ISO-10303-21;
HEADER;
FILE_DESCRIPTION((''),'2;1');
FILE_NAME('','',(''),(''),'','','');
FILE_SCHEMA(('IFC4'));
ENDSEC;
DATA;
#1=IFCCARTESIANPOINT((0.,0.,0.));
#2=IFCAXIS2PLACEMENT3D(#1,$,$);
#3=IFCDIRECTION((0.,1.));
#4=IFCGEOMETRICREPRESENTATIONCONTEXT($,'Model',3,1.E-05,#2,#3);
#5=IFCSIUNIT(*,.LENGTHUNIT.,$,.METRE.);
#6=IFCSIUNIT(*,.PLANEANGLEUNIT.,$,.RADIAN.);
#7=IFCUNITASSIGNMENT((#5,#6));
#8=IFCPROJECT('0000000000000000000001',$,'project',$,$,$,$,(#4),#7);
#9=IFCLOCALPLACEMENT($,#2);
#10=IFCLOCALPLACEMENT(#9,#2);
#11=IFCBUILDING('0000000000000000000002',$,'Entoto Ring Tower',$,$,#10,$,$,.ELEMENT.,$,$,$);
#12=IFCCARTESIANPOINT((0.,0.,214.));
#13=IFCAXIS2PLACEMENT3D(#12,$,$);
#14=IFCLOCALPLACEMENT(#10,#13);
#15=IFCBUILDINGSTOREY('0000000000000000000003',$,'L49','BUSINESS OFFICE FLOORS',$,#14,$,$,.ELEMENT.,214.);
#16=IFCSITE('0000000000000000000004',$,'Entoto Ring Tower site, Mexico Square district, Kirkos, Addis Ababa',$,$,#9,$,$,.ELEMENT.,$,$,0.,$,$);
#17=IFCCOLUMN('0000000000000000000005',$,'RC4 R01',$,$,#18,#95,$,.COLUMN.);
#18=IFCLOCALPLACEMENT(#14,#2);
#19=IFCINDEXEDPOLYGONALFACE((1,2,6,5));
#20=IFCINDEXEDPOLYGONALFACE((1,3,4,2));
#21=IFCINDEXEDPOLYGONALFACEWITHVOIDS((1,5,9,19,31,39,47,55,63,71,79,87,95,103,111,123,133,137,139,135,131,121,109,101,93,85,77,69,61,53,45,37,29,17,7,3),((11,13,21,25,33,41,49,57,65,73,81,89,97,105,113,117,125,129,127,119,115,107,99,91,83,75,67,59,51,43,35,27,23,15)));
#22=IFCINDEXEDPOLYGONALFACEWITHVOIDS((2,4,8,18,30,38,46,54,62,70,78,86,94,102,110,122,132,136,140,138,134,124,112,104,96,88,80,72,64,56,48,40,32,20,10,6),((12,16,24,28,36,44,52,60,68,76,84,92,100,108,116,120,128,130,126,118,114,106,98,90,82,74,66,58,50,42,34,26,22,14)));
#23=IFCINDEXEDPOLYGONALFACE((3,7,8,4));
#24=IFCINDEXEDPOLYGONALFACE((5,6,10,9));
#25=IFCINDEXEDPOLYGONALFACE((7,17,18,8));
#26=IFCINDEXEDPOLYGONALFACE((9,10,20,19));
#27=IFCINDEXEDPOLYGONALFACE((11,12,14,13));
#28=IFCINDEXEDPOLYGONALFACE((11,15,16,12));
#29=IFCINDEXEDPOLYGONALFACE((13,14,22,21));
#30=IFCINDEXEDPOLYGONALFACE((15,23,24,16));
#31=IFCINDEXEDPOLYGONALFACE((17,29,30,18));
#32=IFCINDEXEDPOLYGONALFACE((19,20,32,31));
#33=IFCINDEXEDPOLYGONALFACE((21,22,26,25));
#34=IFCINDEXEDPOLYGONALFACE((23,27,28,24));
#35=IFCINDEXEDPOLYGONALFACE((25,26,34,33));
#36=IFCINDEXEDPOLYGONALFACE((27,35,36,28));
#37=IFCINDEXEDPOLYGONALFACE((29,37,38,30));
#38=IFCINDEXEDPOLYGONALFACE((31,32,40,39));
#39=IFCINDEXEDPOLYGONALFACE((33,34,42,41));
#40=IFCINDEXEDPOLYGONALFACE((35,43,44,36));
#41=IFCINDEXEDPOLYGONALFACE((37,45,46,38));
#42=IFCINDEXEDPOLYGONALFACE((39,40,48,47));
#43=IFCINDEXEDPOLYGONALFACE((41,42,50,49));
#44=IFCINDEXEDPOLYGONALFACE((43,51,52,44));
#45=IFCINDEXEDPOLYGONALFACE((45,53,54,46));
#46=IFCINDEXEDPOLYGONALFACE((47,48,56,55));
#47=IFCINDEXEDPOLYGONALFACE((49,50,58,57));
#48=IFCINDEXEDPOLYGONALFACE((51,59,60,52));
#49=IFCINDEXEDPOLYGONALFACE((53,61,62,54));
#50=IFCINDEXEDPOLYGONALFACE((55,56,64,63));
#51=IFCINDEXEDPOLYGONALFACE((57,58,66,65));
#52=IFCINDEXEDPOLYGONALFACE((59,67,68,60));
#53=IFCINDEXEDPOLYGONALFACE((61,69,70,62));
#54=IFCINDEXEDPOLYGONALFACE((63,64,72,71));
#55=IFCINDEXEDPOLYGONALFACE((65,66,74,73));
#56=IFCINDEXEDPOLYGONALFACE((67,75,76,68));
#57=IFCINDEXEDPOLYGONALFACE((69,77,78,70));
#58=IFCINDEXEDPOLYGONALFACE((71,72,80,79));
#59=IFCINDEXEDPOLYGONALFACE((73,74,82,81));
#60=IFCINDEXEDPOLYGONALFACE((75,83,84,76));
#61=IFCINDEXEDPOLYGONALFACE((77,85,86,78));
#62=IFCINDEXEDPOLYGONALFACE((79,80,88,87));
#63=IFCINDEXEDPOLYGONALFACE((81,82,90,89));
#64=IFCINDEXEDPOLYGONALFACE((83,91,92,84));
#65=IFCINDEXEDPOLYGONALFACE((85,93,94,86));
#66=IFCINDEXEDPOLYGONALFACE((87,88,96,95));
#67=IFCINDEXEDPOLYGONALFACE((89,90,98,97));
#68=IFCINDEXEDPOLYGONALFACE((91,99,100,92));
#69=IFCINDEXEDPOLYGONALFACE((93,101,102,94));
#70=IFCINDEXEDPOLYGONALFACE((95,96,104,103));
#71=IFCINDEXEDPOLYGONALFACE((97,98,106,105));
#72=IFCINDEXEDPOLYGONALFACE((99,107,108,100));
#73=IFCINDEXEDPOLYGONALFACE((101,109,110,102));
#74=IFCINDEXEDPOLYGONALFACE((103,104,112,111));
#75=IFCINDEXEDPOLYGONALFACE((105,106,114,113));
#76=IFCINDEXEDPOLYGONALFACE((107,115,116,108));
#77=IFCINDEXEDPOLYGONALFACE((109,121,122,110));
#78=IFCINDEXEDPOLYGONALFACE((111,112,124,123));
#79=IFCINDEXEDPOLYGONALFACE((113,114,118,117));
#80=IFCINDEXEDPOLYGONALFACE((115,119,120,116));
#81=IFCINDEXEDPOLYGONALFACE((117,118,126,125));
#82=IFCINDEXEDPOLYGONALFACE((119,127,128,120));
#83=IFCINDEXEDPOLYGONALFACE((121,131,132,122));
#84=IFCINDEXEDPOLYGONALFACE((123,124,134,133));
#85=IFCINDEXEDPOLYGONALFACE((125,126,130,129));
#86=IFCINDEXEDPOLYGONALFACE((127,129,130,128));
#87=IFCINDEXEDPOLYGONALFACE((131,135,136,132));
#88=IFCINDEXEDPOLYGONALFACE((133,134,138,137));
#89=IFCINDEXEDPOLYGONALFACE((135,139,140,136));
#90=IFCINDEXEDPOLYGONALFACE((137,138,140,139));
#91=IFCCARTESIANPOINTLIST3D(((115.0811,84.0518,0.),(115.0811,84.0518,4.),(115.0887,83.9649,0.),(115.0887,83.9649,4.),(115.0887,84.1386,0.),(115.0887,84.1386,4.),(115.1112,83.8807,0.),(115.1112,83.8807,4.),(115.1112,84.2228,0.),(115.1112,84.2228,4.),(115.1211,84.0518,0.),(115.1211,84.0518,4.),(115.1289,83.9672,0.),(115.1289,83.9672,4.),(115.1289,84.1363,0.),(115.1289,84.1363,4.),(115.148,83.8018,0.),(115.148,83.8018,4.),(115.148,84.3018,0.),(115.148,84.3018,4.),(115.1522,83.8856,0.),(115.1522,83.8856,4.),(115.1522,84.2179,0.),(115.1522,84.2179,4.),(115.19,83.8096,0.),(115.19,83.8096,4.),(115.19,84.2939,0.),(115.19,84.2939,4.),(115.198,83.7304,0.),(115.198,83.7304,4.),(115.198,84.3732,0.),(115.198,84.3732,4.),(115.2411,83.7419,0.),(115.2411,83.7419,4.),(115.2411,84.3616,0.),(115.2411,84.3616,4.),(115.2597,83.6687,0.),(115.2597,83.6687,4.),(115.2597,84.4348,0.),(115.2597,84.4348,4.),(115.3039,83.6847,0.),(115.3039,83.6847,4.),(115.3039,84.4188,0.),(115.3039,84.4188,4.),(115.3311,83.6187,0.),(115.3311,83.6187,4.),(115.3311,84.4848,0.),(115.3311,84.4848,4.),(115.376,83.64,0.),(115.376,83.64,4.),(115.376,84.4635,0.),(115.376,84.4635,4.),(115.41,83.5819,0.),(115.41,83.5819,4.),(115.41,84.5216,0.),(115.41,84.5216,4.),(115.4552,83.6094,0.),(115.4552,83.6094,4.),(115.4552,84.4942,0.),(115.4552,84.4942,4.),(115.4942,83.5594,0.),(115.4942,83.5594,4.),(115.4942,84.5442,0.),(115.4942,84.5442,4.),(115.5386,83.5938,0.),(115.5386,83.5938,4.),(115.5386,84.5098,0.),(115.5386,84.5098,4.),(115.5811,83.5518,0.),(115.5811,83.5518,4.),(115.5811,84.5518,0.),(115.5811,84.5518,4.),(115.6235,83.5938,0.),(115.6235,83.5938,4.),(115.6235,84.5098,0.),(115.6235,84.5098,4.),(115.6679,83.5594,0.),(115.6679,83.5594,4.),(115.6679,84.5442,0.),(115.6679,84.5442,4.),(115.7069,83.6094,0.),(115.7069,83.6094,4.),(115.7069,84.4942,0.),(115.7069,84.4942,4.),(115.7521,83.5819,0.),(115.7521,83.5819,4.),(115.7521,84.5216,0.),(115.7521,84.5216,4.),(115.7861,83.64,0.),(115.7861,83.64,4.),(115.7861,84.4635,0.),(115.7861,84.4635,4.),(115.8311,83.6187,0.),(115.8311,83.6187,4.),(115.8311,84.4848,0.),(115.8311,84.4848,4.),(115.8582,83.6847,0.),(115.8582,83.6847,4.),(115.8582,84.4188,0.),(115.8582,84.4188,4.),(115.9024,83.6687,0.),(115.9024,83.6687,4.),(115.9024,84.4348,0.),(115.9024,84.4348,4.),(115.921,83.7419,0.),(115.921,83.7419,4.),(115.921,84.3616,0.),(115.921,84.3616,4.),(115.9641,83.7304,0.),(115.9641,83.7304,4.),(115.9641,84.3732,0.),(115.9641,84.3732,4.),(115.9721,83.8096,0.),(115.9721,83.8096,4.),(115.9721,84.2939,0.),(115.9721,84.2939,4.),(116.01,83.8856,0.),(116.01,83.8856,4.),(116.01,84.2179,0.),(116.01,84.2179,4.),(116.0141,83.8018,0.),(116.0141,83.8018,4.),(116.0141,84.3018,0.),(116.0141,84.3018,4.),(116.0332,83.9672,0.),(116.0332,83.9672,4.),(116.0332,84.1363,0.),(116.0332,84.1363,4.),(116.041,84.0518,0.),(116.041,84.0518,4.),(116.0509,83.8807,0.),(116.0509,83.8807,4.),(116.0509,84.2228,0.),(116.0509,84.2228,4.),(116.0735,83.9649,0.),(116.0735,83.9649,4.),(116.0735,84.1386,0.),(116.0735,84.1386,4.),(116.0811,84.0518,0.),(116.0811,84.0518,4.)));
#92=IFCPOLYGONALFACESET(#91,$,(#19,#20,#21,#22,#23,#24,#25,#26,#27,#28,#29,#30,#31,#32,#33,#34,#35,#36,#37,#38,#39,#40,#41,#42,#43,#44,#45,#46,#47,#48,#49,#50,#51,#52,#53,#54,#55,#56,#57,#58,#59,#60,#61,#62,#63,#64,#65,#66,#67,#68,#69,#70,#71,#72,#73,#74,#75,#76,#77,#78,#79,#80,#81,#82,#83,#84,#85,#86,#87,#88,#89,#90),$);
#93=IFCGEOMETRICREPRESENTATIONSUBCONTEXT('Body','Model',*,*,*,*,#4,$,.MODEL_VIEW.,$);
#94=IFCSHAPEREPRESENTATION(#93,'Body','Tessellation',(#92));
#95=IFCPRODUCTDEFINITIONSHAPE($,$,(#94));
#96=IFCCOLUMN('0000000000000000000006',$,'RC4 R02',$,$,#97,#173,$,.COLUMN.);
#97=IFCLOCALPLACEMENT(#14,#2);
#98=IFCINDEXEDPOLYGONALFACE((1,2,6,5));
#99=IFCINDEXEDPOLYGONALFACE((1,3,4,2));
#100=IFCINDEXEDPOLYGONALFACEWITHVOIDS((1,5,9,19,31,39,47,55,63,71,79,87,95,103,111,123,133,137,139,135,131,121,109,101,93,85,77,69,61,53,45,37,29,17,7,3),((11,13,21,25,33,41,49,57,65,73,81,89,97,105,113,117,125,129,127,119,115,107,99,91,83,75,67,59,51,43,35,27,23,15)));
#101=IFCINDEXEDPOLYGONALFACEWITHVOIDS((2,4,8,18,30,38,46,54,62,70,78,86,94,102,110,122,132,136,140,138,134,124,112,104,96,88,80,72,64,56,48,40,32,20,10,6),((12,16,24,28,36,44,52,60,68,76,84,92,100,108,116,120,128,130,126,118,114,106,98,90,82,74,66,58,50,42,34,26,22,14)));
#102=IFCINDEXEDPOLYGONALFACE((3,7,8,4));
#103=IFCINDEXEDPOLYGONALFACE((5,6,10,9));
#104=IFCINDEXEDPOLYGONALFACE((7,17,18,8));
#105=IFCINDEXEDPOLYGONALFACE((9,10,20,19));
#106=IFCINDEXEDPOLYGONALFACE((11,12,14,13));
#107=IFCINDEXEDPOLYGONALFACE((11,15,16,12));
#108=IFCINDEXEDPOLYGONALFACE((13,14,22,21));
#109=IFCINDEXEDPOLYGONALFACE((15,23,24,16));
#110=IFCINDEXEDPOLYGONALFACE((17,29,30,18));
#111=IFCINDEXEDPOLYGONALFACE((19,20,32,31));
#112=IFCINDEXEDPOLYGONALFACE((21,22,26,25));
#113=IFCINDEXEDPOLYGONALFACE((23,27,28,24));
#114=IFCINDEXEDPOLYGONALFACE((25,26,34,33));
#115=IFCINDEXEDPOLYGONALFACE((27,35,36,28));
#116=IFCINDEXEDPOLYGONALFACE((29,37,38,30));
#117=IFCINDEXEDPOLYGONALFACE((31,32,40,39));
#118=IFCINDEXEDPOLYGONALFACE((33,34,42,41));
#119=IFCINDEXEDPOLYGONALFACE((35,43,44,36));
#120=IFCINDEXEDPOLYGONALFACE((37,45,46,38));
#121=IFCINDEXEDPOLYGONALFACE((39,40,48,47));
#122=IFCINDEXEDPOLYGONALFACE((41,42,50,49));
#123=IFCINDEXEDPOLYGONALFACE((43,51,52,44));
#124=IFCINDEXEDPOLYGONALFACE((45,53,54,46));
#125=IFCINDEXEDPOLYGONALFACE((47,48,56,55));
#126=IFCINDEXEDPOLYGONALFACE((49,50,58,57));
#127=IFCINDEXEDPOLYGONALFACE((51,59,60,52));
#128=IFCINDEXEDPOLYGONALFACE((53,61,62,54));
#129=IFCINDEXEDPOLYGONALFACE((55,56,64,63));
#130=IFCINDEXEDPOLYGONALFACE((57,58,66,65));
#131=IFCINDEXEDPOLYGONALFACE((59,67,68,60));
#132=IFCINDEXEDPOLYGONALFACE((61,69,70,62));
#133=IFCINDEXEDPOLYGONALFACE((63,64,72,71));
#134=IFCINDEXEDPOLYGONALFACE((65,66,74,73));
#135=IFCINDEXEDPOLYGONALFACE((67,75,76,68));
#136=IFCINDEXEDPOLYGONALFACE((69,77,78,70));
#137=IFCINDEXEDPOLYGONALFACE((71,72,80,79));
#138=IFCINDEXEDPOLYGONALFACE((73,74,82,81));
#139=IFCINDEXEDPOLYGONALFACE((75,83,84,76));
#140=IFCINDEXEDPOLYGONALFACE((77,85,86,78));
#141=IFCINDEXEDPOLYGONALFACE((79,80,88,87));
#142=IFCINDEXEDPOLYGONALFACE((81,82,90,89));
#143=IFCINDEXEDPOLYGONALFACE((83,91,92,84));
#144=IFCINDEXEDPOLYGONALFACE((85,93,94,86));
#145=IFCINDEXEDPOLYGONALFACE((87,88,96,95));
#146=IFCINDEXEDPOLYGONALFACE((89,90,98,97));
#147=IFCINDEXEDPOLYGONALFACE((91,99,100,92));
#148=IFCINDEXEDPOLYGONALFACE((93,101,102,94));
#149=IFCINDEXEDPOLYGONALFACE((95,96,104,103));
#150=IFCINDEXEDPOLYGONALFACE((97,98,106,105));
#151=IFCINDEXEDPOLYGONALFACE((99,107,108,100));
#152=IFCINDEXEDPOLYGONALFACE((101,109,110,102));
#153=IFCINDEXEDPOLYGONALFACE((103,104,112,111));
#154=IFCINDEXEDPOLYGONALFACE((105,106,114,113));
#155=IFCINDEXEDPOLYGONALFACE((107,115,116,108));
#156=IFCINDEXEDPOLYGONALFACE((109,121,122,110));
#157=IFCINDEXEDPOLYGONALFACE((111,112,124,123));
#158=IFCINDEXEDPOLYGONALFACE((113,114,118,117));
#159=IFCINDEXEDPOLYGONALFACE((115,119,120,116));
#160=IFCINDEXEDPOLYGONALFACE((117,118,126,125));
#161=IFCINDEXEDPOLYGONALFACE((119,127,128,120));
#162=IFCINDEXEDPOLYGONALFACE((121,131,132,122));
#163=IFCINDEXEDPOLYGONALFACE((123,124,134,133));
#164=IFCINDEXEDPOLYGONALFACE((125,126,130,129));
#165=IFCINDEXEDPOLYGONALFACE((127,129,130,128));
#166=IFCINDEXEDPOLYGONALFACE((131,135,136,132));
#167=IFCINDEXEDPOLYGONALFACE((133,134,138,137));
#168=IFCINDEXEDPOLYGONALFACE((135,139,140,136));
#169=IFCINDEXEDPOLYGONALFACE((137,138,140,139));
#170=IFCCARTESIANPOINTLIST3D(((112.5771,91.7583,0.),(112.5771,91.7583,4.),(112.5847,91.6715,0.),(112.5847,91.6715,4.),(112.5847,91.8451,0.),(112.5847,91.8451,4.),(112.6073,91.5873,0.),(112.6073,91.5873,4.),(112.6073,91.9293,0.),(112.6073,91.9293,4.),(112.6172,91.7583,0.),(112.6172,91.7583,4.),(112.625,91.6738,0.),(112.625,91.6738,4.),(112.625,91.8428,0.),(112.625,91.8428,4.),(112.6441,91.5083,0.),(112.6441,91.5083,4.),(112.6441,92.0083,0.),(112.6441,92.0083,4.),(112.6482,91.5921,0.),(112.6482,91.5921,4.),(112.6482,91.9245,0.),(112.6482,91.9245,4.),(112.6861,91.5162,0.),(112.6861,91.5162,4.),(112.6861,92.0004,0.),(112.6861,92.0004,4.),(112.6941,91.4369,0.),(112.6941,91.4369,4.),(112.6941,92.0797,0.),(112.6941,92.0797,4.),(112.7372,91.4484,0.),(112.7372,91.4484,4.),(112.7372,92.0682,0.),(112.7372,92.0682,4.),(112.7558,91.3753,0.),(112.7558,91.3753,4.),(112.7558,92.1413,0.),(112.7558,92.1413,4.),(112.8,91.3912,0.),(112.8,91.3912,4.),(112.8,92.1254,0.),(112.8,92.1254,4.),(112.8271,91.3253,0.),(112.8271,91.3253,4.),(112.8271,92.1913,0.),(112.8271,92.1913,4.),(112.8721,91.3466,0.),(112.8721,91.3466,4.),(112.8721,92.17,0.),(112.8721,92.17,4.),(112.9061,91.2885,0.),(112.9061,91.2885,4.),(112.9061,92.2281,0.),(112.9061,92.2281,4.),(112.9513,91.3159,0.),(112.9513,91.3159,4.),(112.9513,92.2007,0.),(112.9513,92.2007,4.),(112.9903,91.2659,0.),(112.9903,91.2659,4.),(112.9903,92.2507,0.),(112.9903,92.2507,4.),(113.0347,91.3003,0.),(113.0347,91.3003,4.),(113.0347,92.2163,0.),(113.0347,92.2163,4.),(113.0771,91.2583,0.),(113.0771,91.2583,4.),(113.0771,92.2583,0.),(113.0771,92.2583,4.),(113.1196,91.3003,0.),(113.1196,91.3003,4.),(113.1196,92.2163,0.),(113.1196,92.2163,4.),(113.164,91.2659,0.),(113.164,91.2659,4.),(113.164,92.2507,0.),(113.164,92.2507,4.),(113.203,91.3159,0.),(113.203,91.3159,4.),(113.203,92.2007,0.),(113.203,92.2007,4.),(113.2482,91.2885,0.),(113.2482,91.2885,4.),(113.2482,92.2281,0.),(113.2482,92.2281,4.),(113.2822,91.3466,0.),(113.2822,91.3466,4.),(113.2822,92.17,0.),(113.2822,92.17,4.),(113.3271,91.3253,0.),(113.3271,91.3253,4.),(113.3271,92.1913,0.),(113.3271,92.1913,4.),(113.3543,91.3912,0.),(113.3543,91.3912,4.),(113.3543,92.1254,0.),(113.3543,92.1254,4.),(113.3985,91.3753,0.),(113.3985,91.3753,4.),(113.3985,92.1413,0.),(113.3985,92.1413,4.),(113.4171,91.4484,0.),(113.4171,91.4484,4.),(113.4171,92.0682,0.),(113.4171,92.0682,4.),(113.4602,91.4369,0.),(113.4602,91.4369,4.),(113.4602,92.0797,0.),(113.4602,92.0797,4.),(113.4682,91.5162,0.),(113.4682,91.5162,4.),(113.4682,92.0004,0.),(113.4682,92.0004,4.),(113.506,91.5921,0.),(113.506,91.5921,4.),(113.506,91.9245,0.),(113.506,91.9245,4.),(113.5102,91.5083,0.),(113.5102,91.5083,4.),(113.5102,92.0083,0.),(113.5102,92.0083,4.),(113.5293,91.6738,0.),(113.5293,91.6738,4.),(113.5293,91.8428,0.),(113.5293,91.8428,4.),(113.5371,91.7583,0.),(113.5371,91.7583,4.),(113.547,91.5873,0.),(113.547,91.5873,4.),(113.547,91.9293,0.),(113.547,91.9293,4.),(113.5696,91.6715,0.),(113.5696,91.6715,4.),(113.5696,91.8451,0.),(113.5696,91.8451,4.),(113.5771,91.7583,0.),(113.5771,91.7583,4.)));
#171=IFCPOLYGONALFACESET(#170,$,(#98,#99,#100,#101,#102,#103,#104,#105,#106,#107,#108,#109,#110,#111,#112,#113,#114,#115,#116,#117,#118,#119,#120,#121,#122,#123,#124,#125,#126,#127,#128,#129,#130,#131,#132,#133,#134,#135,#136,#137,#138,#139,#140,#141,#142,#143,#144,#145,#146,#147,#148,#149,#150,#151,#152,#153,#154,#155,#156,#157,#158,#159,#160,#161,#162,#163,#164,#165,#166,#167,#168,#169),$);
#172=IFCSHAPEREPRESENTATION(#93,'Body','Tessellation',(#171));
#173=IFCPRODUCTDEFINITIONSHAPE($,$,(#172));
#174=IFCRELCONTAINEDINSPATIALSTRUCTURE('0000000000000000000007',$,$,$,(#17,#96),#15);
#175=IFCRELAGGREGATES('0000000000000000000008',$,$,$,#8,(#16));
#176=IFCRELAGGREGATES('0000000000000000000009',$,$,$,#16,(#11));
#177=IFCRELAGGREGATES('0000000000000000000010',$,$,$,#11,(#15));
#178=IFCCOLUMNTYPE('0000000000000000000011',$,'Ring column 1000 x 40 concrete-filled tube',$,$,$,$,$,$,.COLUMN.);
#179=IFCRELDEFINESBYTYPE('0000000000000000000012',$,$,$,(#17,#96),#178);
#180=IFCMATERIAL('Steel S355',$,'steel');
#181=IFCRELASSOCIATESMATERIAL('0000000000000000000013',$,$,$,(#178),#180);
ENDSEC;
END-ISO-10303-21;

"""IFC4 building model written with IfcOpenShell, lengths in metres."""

from ifc_helpers import new_model, si_unit, direction, frame, origin, origin_2d, place, context, subcontext, project, spatial, circle, hollow_circle, extrude, material, material_profile, profile_set, type_object, element, save


model = new_model("IFC4")

# Units and contexts
model_context = context("Model", 3, precision=1e-05, world=origin(), true_north=direction((0.0, 1.0)))
body_context = subcontext(model_context, "Body", "Model", "MODEL_VIEW")
ifc_project = project(units=[si_unit("LENGTHUNIT", "METRE"), si_unit("PLANEANGLEUNIT", "RADIAN")], contexts=[model_context])

# Site, building, storey
site_placement = place(None, origin())
site = spatial("IfcSite", under=ifc_project, at=site_placement, Name="Entoto Ring Tower site, Mexico Square district, Kirkos, Addis Ababa", CompositionType="ELEMENT", RefElevation=0.0)
building_placement = place(site_placement, origin())
building = spatial("IfcBuilding", under=site, at=building_placement, Name="Entoto Ring Tower", CompositionType="ELEMENT")
storey_placement = place(building_placement, frame((0.0, 0.0, 214.0)))
storey = spatial("IfcBuildingStorey", under=building, at=storey_placement, Name="L49", Description="BUSINESS OFFICE FLOORS", CompositionType="ELEMENT", Elevation=214.0)

# Columns
ifc_material_1 = material(Name="Steel S355", Category="steel")
ifc_material_profile_1 = material_profile(ifc_material_1, hollow_circle(Radius=0.5, WallThickness=0.04, at=origin_2d()), Name="CHS 1000 x 40")
ifc_material_2 = material(Name="Concrete C60/75", Category="concrete")
ifc_material_profile_2 = material_profile(ifc_material_2, circle(Radius=0.46, at=origin_2d()), Name="Concrete C60/75 infill")
ifc_profile_set_1 = profile_set([ifc_material_profile_1, ifc_material_profile_2], Name="Steel S355")
column_type = type_object("IfcColumnType", Name="Ring column 1000 x 40 concrete-filled tube", PredefinedType="COLUMN", material=ifc_profile_set_1)
for number, where, z_axis, x_axis, name in (
    (1, (115.5811, 84.0518, 0.0), (0.0, 0.0, 1.0), (1.0, 0.0, 0.0), "RC4 R01"),
    (2, (113.0771, 91.7583, 0.0), (0.0, 0.0, 1.0), (1.0, 0.0, 0.0), "RC4 R02"),
):
    element("IfcColumn", number, at=place(storey_placement, frame(where, z_axis=z_axis, x_axis=x_axis)), inside=storey, type_object=column_type, Name=name, PredefinedType="COLUMN", context=body_context, shape_type="SweptSolid", body=[
        extrude(hollow_circle(Radius=0.5, WallThickness=0.04, at=origin_2d()), origin(), (0.0, 0.0, 1.0), 4.0),
    ])

save(model, "model.ifc")
